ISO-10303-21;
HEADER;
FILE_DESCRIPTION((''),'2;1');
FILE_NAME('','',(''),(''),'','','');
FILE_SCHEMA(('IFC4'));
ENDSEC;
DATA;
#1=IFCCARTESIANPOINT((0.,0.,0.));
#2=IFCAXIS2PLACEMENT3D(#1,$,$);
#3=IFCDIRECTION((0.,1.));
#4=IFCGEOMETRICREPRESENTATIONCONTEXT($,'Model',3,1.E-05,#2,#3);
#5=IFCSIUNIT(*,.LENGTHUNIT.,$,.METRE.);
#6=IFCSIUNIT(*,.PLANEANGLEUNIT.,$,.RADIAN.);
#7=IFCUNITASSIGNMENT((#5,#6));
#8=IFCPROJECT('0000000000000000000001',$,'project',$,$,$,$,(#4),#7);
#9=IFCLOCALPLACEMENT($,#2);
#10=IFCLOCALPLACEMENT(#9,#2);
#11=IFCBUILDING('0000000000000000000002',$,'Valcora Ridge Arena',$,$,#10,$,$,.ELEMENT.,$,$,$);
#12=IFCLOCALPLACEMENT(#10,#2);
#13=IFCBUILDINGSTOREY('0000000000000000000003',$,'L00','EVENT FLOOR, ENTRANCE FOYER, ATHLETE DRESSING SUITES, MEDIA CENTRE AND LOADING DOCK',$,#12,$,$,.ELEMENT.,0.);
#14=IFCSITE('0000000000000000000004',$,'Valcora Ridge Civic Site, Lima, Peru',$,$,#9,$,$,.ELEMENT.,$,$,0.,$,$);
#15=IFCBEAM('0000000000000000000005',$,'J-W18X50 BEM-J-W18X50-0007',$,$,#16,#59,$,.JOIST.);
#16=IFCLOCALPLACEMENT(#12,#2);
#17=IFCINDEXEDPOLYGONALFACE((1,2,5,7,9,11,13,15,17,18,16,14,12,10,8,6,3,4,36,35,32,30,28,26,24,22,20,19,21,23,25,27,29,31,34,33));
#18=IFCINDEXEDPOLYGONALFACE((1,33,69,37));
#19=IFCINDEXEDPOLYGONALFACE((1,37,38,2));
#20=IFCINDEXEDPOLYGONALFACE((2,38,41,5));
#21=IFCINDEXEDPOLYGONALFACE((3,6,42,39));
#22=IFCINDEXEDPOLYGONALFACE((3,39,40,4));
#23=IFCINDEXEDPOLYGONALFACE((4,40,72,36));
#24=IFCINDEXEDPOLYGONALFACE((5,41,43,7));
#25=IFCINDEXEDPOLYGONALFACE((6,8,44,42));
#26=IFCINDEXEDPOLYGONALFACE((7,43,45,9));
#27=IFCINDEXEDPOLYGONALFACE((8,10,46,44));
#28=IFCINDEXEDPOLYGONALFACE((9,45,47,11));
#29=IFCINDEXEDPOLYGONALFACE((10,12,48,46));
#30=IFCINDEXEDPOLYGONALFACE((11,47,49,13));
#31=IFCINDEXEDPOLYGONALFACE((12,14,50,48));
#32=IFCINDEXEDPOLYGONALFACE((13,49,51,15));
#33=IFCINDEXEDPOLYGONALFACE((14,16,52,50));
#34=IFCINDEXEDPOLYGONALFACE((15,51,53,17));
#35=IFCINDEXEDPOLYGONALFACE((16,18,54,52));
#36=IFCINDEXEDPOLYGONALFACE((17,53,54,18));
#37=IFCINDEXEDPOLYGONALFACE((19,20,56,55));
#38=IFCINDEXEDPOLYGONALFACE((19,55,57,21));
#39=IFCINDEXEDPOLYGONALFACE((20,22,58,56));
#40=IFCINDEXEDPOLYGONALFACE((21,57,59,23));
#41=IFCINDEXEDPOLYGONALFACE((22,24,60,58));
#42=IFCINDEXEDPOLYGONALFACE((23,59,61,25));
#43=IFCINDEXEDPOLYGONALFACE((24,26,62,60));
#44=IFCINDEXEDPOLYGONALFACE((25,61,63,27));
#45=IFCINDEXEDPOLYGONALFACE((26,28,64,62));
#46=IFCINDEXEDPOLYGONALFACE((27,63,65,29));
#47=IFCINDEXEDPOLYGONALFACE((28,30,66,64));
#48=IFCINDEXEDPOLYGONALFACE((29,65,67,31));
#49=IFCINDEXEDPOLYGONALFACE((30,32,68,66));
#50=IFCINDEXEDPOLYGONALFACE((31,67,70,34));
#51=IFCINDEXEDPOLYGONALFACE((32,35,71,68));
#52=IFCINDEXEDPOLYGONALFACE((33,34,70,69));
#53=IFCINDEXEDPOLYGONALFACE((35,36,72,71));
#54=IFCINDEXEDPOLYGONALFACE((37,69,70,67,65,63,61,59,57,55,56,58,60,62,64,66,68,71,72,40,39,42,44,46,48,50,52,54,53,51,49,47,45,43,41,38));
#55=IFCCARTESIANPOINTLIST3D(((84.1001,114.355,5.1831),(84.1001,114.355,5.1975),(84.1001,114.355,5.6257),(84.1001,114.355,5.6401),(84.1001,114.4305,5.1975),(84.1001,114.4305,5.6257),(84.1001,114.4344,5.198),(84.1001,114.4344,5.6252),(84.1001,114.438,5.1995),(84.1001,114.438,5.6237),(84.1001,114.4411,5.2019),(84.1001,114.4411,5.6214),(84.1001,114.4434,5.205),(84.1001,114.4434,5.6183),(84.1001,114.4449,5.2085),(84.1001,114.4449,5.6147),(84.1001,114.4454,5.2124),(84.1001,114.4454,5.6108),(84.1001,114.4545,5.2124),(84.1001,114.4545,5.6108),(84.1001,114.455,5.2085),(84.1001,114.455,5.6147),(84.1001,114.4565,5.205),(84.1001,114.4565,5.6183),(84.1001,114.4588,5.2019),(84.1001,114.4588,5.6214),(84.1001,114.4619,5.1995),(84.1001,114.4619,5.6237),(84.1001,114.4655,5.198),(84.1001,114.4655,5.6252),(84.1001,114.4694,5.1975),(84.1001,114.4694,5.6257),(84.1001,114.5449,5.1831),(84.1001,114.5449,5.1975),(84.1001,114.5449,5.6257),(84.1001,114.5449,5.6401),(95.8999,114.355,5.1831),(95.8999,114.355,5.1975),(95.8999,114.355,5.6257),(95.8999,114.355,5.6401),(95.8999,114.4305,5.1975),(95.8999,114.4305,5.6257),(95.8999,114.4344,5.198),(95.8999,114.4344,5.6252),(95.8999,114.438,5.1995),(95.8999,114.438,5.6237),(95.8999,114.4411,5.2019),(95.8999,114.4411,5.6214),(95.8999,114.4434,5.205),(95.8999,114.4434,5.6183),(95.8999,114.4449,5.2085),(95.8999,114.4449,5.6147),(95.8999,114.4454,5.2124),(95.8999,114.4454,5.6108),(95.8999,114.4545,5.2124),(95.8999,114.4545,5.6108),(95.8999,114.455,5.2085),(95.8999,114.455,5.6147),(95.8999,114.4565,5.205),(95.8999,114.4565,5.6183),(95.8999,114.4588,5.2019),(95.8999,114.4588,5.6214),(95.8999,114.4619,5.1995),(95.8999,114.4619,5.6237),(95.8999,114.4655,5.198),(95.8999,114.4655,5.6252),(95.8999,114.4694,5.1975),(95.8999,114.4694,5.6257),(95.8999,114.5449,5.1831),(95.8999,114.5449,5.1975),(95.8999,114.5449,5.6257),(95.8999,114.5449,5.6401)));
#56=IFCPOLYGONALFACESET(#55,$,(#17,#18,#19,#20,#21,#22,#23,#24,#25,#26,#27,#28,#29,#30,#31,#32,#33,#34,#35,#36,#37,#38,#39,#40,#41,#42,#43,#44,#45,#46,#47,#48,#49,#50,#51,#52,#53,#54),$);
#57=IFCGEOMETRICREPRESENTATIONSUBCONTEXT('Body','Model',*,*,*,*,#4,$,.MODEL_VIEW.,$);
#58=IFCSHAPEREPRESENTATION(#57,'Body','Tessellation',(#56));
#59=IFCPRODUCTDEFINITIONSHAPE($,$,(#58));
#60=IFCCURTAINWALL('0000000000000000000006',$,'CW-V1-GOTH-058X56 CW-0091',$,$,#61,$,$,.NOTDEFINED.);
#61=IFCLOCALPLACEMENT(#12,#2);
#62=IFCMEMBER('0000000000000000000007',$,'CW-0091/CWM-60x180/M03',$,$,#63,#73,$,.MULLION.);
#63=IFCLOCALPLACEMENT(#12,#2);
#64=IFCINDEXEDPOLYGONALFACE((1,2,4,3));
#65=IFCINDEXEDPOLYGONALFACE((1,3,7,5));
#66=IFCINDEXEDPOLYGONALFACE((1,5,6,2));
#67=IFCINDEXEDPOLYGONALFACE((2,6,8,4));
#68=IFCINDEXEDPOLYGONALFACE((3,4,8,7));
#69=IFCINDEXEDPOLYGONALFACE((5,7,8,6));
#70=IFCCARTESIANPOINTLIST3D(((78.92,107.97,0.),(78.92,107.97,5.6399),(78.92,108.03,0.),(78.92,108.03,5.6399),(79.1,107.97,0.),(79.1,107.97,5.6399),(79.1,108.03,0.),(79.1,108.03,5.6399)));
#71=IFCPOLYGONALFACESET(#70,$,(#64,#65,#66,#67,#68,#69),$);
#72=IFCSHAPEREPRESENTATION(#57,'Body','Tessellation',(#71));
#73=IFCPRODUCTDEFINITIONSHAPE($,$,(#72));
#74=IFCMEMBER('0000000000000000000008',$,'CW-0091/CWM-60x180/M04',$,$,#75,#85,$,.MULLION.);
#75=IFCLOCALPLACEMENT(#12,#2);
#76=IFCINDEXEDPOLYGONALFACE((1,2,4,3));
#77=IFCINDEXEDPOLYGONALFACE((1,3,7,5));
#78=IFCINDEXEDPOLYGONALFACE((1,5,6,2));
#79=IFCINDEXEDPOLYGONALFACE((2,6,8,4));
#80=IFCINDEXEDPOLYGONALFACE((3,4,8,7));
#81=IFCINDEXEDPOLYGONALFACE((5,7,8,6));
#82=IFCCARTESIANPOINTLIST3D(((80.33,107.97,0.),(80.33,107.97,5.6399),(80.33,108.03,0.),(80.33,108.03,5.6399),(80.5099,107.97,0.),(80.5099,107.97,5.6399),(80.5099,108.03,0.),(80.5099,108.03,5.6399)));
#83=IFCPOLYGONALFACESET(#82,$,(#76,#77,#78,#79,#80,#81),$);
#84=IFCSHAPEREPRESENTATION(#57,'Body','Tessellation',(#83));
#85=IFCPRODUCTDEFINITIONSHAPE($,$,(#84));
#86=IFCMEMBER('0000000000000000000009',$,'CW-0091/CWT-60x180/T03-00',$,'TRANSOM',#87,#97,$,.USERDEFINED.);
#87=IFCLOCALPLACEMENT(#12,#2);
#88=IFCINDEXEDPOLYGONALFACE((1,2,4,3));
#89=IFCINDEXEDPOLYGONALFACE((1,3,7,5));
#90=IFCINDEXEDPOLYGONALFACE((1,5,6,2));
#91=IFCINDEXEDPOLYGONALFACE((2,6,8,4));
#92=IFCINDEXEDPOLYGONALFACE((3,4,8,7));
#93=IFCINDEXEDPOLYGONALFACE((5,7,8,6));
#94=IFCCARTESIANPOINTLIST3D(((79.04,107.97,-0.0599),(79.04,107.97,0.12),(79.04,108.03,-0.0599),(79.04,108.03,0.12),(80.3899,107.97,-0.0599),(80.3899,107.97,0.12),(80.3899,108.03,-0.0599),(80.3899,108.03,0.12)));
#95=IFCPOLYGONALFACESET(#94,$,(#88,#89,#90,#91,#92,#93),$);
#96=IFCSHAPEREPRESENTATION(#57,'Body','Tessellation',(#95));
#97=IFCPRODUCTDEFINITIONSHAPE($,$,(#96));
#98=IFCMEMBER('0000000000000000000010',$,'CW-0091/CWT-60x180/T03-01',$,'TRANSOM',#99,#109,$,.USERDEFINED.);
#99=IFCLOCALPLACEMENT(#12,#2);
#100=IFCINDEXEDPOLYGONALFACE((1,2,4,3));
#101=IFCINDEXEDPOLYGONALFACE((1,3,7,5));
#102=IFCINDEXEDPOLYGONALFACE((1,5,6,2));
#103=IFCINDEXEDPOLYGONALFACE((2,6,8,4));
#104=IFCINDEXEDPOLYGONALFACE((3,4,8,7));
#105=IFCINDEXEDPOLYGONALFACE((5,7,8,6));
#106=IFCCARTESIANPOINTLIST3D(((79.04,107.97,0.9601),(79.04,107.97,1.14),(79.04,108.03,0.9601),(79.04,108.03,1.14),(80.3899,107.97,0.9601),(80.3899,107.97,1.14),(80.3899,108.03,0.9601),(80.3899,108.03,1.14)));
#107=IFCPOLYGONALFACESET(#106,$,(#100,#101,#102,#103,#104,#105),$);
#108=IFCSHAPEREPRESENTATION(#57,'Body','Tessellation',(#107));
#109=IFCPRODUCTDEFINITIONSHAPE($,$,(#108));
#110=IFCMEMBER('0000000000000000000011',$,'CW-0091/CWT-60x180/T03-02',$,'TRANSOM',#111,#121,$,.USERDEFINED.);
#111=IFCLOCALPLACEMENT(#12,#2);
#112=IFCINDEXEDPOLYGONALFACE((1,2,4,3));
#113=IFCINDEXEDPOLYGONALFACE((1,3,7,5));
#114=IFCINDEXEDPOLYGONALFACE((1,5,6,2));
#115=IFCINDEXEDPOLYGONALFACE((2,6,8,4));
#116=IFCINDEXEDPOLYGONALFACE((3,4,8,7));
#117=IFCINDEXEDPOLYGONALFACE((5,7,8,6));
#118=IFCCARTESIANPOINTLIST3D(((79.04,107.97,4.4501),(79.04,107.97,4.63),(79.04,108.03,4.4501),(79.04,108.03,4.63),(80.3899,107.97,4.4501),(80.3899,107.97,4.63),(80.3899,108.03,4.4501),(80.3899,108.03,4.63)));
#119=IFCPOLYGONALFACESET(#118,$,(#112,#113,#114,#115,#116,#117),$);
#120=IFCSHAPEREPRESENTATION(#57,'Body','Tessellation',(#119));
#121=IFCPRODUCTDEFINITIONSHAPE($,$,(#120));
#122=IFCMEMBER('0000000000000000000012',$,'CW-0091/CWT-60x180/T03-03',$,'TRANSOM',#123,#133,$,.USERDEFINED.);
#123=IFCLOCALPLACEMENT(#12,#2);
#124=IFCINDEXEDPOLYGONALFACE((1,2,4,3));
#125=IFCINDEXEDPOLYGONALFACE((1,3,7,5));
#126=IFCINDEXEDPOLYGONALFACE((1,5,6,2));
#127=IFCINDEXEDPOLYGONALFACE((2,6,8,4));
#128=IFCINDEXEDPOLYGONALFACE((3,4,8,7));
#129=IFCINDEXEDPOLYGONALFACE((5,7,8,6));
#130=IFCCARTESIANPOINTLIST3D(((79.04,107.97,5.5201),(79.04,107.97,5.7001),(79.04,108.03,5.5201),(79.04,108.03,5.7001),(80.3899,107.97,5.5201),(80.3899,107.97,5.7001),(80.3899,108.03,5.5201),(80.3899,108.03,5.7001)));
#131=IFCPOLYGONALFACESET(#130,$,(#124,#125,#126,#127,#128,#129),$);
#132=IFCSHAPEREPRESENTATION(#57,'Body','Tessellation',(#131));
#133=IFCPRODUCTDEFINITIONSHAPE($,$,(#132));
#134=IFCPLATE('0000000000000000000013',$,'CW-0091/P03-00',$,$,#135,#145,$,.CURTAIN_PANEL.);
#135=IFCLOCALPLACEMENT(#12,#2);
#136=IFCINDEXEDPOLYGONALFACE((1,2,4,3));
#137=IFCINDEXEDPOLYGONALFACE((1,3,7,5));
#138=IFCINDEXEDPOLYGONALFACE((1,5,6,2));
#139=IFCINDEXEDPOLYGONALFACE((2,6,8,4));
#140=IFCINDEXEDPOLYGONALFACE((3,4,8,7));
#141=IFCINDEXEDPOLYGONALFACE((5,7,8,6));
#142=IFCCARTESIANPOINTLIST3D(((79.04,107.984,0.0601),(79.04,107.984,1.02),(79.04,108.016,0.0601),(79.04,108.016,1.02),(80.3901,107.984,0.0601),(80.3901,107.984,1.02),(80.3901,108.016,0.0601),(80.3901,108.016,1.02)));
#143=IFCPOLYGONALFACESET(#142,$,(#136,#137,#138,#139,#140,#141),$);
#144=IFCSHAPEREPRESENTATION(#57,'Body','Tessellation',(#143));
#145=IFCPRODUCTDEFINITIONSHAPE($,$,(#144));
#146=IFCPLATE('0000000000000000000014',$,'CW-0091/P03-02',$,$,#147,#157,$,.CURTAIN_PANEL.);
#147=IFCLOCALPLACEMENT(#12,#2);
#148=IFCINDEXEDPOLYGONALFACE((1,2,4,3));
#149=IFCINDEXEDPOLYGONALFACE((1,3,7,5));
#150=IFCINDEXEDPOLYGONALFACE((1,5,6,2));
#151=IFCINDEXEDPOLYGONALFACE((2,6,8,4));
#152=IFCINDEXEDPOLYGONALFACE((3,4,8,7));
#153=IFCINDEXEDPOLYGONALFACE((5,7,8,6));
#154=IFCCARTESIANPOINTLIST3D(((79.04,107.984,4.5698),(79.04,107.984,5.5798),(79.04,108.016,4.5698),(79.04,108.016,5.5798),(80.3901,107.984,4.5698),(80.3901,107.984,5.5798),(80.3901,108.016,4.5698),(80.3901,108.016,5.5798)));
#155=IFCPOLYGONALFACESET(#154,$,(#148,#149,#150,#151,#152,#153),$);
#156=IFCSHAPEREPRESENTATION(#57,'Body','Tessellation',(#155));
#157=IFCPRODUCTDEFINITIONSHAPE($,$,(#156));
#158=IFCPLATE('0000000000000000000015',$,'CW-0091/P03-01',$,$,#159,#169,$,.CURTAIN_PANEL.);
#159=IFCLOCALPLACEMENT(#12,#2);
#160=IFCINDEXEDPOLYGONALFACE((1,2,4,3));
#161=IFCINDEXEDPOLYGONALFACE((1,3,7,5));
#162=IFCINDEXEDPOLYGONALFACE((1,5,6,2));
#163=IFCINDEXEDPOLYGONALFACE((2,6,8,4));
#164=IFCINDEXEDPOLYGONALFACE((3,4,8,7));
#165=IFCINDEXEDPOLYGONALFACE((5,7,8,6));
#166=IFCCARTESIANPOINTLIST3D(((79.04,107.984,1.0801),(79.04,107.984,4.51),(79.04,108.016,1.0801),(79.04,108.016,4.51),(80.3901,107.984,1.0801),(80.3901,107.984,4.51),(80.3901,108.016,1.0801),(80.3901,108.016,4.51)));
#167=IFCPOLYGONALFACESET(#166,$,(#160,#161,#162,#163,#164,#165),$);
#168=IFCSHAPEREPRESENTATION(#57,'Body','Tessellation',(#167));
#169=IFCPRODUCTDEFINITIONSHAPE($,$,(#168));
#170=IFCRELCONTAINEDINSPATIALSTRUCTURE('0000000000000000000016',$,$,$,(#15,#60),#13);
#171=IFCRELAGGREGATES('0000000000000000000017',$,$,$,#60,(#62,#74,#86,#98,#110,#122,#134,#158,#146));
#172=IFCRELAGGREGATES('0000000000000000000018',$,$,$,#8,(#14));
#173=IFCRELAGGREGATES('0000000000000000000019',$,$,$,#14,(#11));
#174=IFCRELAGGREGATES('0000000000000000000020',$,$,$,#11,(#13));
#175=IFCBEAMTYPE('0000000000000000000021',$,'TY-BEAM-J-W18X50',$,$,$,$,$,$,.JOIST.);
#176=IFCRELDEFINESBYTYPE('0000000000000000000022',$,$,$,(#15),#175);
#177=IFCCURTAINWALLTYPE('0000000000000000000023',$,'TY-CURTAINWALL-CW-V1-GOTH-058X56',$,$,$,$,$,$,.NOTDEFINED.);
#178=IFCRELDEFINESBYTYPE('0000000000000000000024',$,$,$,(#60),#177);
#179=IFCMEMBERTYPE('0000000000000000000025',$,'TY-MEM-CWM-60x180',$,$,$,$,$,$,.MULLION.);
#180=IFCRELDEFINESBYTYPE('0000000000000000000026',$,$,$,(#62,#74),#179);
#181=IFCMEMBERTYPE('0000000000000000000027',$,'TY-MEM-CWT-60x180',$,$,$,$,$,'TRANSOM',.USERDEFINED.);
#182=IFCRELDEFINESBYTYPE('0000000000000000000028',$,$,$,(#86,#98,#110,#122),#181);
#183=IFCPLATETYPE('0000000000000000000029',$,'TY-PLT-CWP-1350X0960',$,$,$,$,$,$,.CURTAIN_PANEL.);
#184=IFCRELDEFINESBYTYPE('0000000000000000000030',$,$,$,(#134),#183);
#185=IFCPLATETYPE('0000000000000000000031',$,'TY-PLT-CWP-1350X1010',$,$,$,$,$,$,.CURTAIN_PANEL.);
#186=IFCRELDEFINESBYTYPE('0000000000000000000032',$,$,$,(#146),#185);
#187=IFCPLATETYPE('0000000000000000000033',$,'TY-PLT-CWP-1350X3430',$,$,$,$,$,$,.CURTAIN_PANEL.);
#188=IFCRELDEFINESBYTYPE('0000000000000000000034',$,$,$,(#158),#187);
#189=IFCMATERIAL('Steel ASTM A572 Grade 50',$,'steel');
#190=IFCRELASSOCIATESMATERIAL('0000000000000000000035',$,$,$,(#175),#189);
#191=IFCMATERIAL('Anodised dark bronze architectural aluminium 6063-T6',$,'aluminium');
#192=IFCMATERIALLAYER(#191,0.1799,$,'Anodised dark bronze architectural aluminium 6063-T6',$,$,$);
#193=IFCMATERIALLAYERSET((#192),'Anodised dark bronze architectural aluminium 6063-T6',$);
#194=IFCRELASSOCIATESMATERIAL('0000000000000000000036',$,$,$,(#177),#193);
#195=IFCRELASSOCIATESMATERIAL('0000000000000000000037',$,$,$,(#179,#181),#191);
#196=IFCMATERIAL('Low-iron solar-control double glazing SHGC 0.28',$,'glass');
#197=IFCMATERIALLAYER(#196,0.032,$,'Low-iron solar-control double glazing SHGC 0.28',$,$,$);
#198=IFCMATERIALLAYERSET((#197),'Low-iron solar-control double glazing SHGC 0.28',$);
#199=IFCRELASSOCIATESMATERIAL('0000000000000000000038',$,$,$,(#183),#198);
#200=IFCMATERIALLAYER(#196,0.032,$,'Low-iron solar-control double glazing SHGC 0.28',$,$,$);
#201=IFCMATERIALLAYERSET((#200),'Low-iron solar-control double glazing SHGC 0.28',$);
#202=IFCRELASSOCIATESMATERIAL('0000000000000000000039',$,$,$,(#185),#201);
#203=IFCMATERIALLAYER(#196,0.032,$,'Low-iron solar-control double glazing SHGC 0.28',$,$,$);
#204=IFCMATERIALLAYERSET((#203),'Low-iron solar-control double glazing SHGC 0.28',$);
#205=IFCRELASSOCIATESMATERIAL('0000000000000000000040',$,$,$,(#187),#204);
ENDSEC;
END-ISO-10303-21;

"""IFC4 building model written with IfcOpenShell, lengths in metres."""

from ifc_helpers import new_model, si_unit, direction, frame, origin, origin_2d, place, context, subcontext, project, spatial, rectangle, i_section, extrude, material, layer, layer_set, material_profile, profile_set, type_object, element, aggregate, save


model = new_model("IFC4")

# Units and contexts
model_context = context("Model", 3, precision=1e-05, world=origin(), true_north=direction((0.0, 1.0)))
body_context = subcontext(model_context, "Body", "Model", "MODEL_VIEW")
ifc_project = project(units=[si_unit("LENGTHUNIT", "METRE"), si_unit("PLANEANGLEUNIT", "RADIAN")], contexts=[model_context])

# Site, building, storey
site_placement = place(None, origin())
site = spatial("IfcSite", under=ifc_project, at=site_placement, Name="Valcora Ridge Civic Site, Lima, Peru", CompositionType="ELEMENT", RefElevation=0.0)
building_placement = place(site_placement, origin())
building = spatial("IfcBuilding", under=site, at=building_placement, Name="Valcora Ridge Arena", CompositionType="ELEMENT")
storey_placement = place(building_placement, origin())
storey = spatial("IfcBuildingStorey", under=building, at=storey_placement, Name="L00", Description="EVENT FLOOR, ENTRANCE FOYER, ATHLETE DRESSING SUITES, MEDIA CENTRE AND LOADING DOCK", CompositionType="ELEMENT", Elevation=0.0)

# Beam
ifc_material_1 = material(Name="Steel ASTM A572 Grade 50", Category="steel")
ifc_material_profile_1 = material_profile(ifc_material_1, i_section(OverallWidth=0.1899, OverallDepth=0.457, WebThickness=0.009, FlangeThickness=0.0144, FilletRadius=0.0149, at=origin_2d()), Name="W18X50")
ifc_profile_set_1 = profile_set([ifc_material_profile_1], Name="Steel ASTM A572 Grade 50")
beam_type_1 = type_object("IfcBeamType", Name="TY-BEAM-J-W18X50", PredefinedType="JOIST", material=ifc_profile_set_1)
beam_1_placement = place(storey_placement, frame((84.1001, 114.45, 5.4116), z_axis=(1.0, 0.0, 0.0), x_axis=(0.0, 1.0, 0.0)))
element("IfcBeam", 1, at=beam_1_placement, inside=storey, type_object=beam_type_1, Name="J-W18X50 BEM-J-W18X50-0007", PredefinedType="JOIST", context=body_context, shape_type="SweptSolid", body=[
    extrude(i_section(OverallWidth=0.1899, OverallDepth=0.457, WebThickness=0.009, FlangeThickness=0.0144, FilletRadius=0.0149, at=origin_2d()), origin(), (0.0, 0.0, 1.0), 11.7998),
])

# Curtain wall, members, plates
ifc_material_2 = material(Name="Anodised dark bronze architectural aluminium 6063-T6", Category="aluminium")
ifc_layer_1 = layer(ifc_material_2, 0.1799, Name="Anodised dark bronze architectural aluminium 6063-T6")
ifc_layer_set_1 = layer_set([ifc_layer_1], Name="Anodised dark bronze architectural aluminium 6063-T6")
curtain_wall_type = type_object("IfcCurtainWallType", Name="TY-CURTAINWALL-CW-V1-GOTH-058X56", PredefinedType="NOTDEFINED", material=ifc_layer_set_1)
curtain_wall_placement = place(storey_placement, origin())
curtain_wall = element("IfcCurtainWall", 2, at=curtain_wall_placement, inside=storey, type_object=curtain_wall_type, Name="CW-V1-GOTH-058X56 CW-0091", PredefinedType="NOTDEFINED")
ifc_material_profile_2 = material_profile(ifc_material_2, rectangle(XDim=0.0601, YDim=0.1799, at=origin_2d()), Name="ALU MULLION 60x180")
ifc_profile_set_2 = profile_set([ifc_material_profile_2], Name="Anodised dark bronze architectural aluminium 6063-T6")
member_type_1 = type_object("IfcMemberType", Name="TY-MEM-CWM-60x180", PredefinedType="MULLION", material=ifc_profile_set_2)
member_1_placement = place(storey_placement, frame((79.01, 108.0, 0.0), z_axis=(0.0, 0.0, 1.0), x_axis=(0.0, 1.0, 0.0)))
member_1 = element("IfcMember", 3, at=member_1_placement, type_object=member_type_1, Name="CW-0091/CWM-60x180/M03", PredefinedType="MULLION", context=body_context, shape_type="SweptSolid", body=[
    extrude(rectangle(XDim=0.0601, YDim=0.1799, at=origin_2d()), origin(), (0.0, 0.0, 1.0), 5.6399),
])
member_2_placement = place(storey_placement, frame((80.4199, 108.0, 0.0), z_axis=(0.0, 0.0, 1.0), x_axis=(0.0, 1.0, 0.0)))
member_2 = element("IfcMember", 4, at=member_2_placement, type_object=member_type_1, Name="CW-0091/CWM-60x180/M04", PredefinedType="MULLION", context=body_context, shape_type="SweptSolid", body=[
    extrude(rectangle(XDim=0.0601, YDim=0.1799, at=origin_2d()), origin(), (0.0, 0.0, 1.0), 5.6399),
])
ifc_material_profile_3 = material_profile(ifc_material_2, rectangle(XDim=0.0601, YDim=0.1799, at=origin_2d()), Name="ALU TRANSOM 60x180")
ifc_profile_set_3 = profile_set([ifc_material_profile_3], Name="Anodised dark bronze architectural aluminium 6063-T6")
member_type_2 = type_object("IfcMemberType", Name="TY-MEM-CWT-60x180", ElementType="TRANSOM", PredefinedType="USERDEFINED", material=ifc_profile_set_3)
member_3_placement = place(storey_placement, frame((79.04, 108.0, 0.03), z_axis=(1.0, 0.0, 0.0), x_axis=(0.0, 1.0, 0.0)))
member_3 = element("IfcMember", 5, at=member_3_placement, type_object=member_type_2, Name="CW-0091/CWT-60x180/T03-00", ObjectType="TRANSOM", PredefinedType="USERDEFINED", context=body_context, shape_type="SweptSolid", body=[
    extrude(rectangle(XDim=0.0601, YDim=0.1799, at=origin_2d()), origin(), (0.0, 0.0, 1.0), 1.3499),
])
member_4_placement = place(storey_placement, frame((79.04, 108.0, 1.05), z_axis=(1.0, 0.0, 0.0), x_axis=(0.0, 1.0, 0.0)))
member_4 = element("IfcMember", 6, at=member_4_placement, type_object=member_type_2, Name="CW-0091/CWT-60x180/T03-01", ObjectType="TRANSOM", PredefinedType="USERDEFINED", context=body_context, shape_type="SweptSolid", body=[
    extrude(rectangle(XDim=0.0601, YDim=0.1799, at=origin_2d()), origin(), (0.0, 0.0, 1.0), 1.3499),
])
member_5_placement = place(storey_placement, frame((79.04, 108.0, 4.54), z_axis=(1.0, 0.0, 0.0), x_axis=(0.0, 1.0, 0.0)))
member_5 = element("IfcMember", 7, at=member_5_placement, type_object=member_type_2, Name="CW-0091/CWT-60x180/T03-02", ObjectType="TRANSOM", PredefinedType="USERDEFINED", context=body_context, shape_type="SweptSolid", body=[
    extrude(rectangle(XDim=0.0601, YDim=0.1799, at=origin_2d()), origin(), (0.0, 0.0, 1.0), 1.3499),
])
member_6_placement = place(storey_placement, frame((79.04, 108.0, 5.6101), z_axis=(1.0, 0.0, 0.0), x_axis=(0.0, 1.0, 0.0)))
member_6 = element("IfcMember", 8, at=member_6_placement, type_object=member_type_2, Name="CW-0091/CWT-60x180/T03-03", ObjectType="TRANSOM", PredefinedType="USERDEFINED", context=body_context, shape_type="SweptSolid", body=[
    extrude(rectangle(XDim=0.0601, YDim=0.1799, at=origin_2d()), origin(), (0.0, 0.0, 1.0), 1.3499),
])
ifc_material_3 = material(Name="Low-iron solar-control double glazing SHGC 0.28", Category="glass")
ifc_layer_2 = layer(ifc_material_3, 0.032, Name="Low-iron solar-control double glazing SHGC 0.28")
ifc_layer_set_2 = layer_set([ifc_layer_2], Name="Low-iron solar-control double glazing SHGC 0.28")
plate_type_1 = type_object("IfcPlateType", Name="TY-PLT-CWP-1350X0960", PredefinedType="CURTAIN_PANEL", material=ifc_layer_set_2)
plate_1_placement = place(storey_placement, frame((79.7151, 108.0, 0.0601), z_axis=(0.0, 0.0, 1.0), x_axis=(1.0, 0.0, 0.0)))
plate_1 = element("IfcPlate", 9, at=plate_1_placement, type_object=plate_type_1, Name="CW-0091/P03-00", PredefinedType="CURTAIN_PANEL", context=body_context, shape_type="SweptSolid", body=[
    extrude(rectangle(XDim=1.3501, YDim=0.032, at=origin_2d()), origin(), (0.0, 0.0, 1.0), 0.96),
])
ifc_layer_3 = layer(ifc_material_3, 0.032, Name="Low-iron solar-control double glazing SHGC 0.28")
ifc_layer_set_3 = layer_set([ifc_layer_3], Name="Low-iron solar-control double glazing SHGC 0.28")
plate_type_2 = type_object("IfcPlateType", Name="TY-PLT-CWP-1350X1010", PredefinedType="CURTAIN_PANEL", material=ifc_layer_set_3)
plate_2_placement = place(storey_placement, frame((79.7151, 108.0, 4.5698), z_axis=(0.0, 0.0, 1.0), x_axis=(1.0, 0.0, 0.0)))
plate_2 = element("IfcPlate", 10, at=plate_2_placement, type_object=plate_type_2, Name="CW-0091/P03-02", PredefinedType="CURTAIN_PANEL", context=body_context, shape_type="SweptSolid", body=[
    extrude(rectangle(XDim=1.3501, YDim=0.032, at=origin_2d()), origin(), (0.0, 0.0, 1.0), 1.01),
])
ifc_layer_4 = layer(ifc_material_3, 0.032, Name="Low-iron solar-control double glazing SHGC 0.28")
ifc_layer_set_4 = layer_set([ifc_layer_4], Name="Low-iron solar-control double glazing SHGC 0.28")
plate_type_3 = type_object("IfcPlateType", Name="TY-PLT-CWP-1350X3430", PredefinedType="CURTAIN_PANEL", material=ifc_layer_set_4)
plate_3_placement = place(storey_placement, frame((79.7151, 108.0, 1.0801), z_axis=(0.0, 0.0, 1.0), x_axis=(1.0, 0.0, 0.0)))
plate_3 = element("IfcPlate", 11, at=plate_3_placement, type_object=plate_type_3, Name="CW-0091/P03-01", PredefinedType="CURTAIN_PANEL", context=body_context, shape_type="SweptSolid", body=[
    extrude(rectangle(XDim=1.3501, YDim=0.032, at=origin_2d()), origin(), (0.0, 0.0, 1.0), 3.4299),
])
aggregate(curtain_wall, [member_1, member_2, member_3, member_4, member_5, member_6, plate_1, plate_3, plate_2])

save(model, "model.ifc")
